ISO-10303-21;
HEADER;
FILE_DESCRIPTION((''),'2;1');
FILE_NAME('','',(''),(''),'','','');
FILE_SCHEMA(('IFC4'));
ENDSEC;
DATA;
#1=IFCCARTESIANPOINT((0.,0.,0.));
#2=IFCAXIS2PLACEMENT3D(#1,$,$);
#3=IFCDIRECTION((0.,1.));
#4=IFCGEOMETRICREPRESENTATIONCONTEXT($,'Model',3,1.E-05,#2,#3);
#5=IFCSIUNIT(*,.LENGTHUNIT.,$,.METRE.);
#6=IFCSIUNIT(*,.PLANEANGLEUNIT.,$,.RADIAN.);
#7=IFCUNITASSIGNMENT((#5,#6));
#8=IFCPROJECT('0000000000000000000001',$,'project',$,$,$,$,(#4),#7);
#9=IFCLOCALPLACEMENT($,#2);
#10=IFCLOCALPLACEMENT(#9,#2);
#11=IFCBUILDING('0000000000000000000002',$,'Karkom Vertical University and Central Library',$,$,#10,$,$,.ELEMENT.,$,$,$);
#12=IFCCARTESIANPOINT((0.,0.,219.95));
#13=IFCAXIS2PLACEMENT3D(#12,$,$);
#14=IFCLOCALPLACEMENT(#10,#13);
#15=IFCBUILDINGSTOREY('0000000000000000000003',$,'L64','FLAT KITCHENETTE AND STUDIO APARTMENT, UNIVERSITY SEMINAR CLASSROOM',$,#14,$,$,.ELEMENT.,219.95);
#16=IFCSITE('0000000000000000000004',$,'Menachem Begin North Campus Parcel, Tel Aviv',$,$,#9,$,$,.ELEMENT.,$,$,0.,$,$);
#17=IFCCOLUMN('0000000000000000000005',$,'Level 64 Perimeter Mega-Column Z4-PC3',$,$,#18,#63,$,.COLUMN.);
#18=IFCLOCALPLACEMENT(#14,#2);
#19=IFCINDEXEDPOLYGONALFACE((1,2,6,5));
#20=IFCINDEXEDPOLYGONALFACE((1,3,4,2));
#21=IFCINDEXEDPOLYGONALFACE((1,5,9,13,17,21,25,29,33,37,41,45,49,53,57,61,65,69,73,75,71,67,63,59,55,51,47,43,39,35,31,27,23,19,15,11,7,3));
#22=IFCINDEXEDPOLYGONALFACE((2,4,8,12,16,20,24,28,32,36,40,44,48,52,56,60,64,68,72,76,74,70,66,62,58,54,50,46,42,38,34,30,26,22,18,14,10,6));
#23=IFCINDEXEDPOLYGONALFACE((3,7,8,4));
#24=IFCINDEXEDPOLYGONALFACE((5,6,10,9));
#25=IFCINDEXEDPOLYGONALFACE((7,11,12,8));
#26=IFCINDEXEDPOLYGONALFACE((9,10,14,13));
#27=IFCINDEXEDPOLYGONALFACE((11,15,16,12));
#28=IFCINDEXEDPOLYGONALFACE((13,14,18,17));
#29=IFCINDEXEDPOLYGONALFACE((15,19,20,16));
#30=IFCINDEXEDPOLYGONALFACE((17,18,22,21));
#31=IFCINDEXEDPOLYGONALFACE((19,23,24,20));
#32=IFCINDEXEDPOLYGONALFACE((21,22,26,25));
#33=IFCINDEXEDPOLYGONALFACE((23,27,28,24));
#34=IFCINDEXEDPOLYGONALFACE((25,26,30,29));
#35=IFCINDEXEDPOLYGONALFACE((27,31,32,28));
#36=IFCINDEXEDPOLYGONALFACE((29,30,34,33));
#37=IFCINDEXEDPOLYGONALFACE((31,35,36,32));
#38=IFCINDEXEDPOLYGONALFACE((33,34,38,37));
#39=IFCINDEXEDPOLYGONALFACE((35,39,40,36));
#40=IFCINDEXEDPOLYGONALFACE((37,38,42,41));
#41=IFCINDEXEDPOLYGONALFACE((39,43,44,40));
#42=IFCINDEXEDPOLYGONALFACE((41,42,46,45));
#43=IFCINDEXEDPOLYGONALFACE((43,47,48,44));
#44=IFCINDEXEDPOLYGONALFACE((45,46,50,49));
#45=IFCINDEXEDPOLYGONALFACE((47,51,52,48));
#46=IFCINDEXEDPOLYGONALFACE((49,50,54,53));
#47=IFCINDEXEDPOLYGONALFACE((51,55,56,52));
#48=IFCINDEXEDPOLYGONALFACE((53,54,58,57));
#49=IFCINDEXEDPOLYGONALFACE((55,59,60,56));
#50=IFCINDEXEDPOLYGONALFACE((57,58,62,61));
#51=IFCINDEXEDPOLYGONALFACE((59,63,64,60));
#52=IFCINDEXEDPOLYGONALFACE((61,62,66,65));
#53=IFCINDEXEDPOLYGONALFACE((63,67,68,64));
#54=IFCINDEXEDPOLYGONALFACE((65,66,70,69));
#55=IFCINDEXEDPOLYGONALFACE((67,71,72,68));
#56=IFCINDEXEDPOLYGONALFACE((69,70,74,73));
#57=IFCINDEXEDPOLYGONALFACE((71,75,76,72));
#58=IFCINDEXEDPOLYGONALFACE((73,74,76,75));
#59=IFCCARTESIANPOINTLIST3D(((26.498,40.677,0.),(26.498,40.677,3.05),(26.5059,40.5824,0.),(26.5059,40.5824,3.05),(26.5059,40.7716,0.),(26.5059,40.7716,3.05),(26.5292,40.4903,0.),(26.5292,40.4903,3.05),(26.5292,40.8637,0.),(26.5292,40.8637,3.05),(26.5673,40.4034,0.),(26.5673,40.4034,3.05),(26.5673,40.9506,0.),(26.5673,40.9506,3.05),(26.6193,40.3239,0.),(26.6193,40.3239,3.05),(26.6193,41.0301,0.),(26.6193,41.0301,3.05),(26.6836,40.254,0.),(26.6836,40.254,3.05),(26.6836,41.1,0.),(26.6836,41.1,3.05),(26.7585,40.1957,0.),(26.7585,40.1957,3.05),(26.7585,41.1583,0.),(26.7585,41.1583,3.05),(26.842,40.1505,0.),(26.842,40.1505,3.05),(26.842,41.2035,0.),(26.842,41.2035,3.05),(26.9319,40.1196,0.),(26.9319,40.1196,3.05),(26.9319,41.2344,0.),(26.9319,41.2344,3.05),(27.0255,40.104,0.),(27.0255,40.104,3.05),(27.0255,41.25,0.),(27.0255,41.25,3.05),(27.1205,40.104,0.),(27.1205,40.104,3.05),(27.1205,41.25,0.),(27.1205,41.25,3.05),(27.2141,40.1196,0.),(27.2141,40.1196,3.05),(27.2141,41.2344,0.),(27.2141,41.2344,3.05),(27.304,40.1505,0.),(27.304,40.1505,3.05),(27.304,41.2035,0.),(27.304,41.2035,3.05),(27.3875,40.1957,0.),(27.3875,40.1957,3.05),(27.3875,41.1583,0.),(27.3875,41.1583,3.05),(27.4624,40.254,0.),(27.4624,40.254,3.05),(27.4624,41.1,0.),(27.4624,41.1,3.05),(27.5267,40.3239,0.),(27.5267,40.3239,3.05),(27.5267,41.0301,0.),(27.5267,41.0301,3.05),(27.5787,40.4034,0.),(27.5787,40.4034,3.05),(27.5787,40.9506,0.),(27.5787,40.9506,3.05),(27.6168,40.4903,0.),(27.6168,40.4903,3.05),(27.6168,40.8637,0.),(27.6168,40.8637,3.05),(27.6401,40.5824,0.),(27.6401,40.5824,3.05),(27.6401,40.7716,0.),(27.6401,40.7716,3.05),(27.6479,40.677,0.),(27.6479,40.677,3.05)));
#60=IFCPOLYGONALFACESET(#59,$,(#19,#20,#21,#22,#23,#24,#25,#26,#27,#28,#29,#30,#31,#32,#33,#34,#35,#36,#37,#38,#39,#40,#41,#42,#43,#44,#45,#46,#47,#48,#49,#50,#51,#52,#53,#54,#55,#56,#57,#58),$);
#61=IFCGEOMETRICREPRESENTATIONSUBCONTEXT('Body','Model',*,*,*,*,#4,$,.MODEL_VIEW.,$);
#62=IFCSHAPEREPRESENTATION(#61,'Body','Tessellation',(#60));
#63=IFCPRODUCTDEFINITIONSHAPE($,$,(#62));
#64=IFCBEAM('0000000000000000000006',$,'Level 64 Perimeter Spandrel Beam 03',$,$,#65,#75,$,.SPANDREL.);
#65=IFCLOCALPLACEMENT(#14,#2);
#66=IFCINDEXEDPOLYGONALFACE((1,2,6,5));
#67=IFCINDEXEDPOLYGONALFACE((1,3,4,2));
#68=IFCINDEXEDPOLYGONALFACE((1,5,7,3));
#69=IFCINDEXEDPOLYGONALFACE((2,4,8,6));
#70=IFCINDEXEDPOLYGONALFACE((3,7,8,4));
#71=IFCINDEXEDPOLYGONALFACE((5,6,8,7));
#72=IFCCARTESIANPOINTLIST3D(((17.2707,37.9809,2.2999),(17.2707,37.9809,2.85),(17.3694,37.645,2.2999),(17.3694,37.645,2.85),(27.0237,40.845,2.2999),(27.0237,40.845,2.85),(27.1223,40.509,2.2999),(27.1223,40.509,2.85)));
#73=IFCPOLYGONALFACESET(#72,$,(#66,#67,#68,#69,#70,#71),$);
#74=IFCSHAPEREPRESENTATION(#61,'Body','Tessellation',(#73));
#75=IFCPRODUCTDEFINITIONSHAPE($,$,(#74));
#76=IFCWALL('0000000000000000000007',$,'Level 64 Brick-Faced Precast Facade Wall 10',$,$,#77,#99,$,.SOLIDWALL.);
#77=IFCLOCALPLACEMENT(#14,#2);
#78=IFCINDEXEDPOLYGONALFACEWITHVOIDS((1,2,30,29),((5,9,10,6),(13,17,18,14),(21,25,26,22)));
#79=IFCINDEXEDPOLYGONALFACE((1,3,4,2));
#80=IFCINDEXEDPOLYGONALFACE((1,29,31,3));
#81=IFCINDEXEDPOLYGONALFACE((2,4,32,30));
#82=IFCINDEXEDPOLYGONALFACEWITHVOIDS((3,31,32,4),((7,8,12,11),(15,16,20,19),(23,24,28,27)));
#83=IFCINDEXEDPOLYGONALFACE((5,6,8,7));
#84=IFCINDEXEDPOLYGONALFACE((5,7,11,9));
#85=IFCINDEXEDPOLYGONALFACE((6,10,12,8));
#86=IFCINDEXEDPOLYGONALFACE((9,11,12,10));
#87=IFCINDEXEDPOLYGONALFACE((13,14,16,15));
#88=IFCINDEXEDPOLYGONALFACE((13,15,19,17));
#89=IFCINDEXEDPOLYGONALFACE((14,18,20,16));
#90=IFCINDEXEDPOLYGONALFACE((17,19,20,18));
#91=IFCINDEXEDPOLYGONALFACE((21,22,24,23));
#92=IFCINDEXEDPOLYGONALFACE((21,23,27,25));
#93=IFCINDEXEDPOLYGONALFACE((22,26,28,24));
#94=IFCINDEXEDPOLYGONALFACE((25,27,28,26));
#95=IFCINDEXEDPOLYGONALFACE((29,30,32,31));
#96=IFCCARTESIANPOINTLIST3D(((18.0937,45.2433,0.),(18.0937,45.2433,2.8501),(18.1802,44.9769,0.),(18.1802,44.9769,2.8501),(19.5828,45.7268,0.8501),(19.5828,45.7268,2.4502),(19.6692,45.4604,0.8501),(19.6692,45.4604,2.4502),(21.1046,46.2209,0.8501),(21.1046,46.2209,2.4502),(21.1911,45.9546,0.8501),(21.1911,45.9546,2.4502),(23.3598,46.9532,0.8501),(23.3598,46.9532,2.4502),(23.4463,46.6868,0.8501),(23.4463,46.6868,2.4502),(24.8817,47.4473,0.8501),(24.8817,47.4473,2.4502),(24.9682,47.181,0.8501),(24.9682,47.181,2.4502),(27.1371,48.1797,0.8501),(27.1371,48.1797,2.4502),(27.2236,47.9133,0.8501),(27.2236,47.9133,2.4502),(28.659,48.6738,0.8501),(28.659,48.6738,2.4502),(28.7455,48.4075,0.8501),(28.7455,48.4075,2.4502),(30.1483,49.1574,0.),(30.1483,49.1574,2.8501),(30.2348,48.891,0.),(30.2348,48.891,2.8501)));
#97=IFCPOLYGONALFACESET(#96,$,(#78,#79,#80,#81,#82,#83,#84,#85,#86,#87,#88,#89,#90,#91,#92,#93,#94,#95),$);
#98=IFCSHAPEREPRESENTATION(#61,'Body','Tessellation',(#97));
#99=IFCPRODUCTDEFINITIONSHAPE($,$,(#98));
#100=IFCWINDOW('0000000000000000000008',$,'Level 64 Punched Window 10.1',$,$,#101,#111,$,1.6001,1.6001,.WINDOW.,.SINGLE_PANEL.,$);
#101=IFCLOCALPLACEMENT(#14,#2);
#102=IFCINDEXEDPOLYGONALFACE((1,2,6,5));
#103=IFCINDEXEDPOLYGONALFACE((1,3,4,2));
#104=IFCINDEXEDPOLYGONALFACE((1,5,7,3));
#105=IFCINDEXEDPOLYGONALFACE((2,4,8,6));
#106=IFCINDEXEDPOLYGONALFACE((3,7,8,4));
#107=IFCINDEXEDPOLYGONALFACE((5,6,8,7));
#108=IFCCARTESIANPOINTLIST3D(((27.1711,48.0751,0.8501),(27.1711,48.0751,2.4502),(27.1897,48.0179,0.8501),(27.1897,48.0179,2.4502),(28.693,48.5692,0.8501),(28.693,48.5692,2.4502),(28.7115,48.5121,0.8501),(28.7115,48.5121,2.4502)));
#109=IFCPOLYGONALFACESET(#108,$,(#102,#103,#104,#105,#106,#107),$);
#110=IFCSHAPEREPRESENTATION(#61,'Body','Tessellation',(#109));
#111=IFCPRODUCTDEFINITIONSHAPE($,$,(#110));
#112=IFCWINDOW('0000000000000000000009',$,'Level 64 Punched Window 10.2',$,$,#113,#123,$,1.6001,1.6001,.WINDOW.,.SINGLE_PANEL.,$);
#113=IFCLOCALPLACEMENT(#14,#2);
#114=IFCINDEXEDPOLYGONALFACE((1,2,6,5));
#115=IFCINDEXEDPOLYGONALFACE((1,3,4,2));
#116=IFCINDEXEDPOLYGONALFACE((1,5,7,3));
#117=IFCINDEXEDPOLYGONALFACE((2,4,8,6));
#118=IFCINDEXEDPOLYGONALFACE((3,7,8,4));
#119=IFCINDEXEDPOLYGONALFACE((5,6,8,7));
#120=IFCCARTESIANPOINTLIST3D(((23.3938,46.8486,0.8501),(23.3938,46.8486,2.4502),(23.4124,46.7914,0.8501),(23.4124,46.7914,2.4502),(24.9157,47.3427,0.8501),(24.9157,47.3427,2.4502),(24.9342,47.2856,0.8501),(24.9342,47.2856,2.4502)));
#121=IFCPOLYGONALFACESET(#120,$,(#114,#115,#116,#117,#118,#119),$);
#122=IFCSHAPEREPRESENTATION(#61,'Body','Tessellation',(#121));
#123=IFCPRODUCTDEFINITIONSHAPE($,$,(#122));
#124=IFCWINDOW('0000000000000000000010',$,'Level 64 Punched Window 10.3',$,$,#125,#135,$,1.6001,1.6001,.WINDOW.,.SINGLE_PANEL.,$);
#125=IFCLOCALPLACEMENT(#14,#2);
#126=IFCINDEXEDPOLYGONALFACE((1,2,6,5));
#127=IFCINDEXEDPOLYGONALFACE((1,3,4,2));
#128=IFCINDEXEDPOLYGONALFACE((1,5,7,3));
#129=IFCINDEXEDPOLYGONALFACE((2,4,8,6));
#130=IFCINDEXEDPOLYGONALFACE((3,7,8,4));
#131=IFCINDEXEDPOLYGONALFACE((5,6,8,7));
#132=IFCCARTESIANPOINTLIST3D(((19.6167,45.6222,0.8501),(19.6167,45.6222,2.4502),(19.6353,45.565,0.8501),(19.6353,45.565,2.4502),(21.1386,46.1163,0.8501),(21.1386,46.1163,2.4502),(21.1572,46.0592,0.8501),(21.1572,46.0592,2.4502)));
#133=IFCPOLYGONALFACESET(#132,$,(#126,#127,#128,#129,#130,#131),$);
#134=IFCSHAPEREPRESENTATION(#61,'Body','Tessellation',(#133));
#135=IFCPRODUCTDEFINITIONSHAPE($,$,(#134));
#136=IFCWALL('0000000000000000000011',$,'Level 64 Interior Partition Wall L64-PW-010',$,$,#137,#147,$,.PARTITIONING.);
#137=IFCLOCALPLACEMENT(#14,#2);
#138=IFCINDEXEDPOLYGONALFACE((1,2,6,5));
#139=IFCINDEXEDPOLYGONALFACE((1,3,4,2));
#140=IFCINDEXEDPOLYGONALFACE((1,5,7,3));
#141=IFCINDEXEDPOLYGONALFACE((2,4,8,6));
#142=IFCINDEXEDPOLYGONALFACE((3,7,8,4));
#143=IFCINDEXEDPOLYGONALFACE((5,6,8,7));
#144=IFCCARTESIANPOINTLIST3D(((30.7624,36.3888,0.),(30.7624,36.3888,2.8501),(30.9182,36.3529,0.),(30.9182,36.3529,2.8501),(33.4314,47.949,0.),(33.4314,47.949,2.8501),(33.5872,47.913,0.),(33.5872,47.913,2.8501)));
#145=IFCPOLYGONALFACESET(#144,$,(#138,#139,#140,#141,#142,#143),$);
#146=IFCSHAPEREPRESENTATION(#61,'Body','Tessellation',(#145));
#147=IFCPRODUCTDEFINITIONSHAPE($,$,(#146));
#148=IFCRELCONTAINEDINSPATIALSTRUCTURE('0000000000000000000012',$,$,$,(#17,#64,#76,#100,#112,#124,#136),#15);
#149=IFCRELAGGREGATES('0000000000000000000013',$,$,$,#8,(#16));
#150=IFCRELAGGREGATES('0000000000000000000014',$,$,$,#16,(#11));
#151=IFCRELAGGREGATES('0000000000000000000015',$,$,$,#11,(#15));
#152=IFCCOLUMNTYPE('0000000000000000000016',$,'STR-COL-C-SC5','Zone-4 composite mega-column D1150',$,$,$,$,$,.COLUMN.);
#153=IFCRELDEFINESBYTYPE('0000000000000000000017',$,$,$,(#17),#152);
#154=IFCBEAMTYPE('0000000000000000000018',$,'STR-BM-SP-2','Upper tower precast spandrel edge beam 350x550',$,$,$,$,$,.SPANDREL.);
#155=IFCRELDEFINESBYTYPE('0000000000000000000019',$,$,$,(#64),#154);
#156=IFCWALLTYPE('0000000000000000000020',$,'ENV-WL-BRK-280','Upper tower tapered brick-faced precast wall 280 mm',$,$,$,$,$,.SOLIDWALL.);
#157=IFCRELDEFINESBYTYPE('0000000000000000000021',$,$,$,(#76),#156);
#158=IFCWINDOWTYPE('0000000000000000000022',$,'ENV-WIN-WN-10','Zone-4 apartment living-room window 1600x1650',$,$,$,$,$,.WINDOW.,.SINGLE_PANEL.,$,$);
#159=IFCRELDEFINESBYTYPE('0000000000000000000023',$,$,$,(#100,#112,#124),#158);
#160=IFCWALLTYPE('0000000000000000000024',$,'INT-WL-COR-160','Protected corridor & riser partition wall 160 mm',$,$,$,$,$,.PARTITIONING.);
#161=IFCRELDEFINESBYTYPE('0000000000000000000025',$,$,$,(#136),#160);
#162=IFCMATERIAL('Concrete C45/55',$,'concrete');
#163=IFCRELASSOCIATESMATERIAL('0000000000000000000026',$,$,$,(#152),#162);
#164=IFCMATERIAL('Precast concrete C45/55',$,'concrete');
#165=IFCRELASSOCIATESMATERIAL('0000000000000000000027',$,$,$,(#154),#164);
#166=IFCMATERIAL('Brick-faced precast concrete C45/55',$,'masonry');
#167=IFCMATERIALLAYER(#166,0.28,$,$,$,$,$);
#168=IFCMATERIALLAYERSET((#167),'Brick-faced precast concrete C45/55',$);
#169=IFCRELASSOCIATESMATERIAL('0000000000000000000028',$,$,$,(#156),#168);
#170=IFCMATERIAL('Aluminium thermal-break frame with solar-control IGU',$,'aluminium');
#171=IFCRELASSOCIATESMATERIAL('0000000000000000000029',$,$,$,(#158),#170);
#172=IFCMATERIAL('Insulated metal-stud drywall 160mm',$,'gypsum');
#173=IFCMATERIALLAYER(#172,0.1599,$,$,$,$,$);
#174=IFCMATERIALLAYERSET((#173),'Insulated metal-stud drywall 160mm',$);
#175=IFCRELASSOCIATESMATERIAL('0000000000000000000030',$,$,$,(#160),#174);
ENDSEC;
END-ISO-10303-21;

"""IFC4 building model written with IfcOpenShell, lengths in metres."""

from ifc_helpers import new_model, si_unit, direction, frame, frame_2d, origin, origin_with_axes, origin_2d, place, context, subcontext, project, spatial, rectangle, circle, extrude, source, transform, mapped, material, layer, layer_set, material_profile, profile_set, type_object, element, fill, save


model = new_model("IFC4")

# Units and contexts
model_context = context("Model", 3, precision=1e-05, world=origin(), true_north=direction((0.0, 1.0)))
body_context = subcontext(model_context, "Body", "Model", "MODEL_VIEW")
ifc_project = project(units=[si_unit("LENGTHUNIT", "METRE"), si_unit("PLANEANGLEUNIT", "RADIAN")], contexts=[model_context])

# Site, building, storey
site_placement = place(None, origin())
site = spatial("IfcSite", under=ifc_project, at=site_placement, Name="Menachem Begin North Campus Parcel, Tel Aviv", CompositionType="ELEMENT", RefElevation=0.0)
building_placement = place(site_placement, origin())
building = spatial("IfcBuilding", under=site, at=building_placement, Name="Karkom Vertical University and Central Library", CompositionType="ELEMENT")
storey_placement = place(building_placement, frame((0.0, 0.0, 219.95)))
storey = spatial("IfcBuildingStorey", under=building, at=storey_placement, Name="L64", Description="FLAT KITCHENETTE AND STUDIO APARTMENT, UNIVERSITY SEMINAR CLASSROOM", CompositionType="ELEMENT", Elevation=219.95)

# Column
ifc_material_1 = material(Name="Concrete C45/55", Category="concrete")
ifc_material_profile_1 = material_profile(ifc_material_1, circle(Radius=0.575, at=origin_2d()), Name="CFT-D1150")
ifc_profile_set_1 = profile_set([ifc_material_profile_1], Name="Concrete C45/55")
column_type = type_object("IfcColumnType", Name="STR-COL-C-SC5", Description="Zone-4 composite mega-column D1150", PredefinedType="COLUMN", material=ifc_profile_set_1)
shared_shape_1 = source(origin_with_axes(), body_context, "Body", "SweptSolid", [
    extrude(circle(Radius=0.575, at=origin_2d()), origin(), (0.0, 0.0, 1.0), 3.05),
])
column_placement = place(storey_placement, frame((27.073, 40.677, 0.0), z_axis=(0.0, 0.0, 1.0), x_axis=(1.0, 0.0, 0.0)))
element("IfcColumn", 1, at=column_placement, inside=storey, type_object=column_type, Name="Level 64 Perimeter Mega-Column Z4-PC3", PredefinedType="COLUMN", context=body_context, shape_type="MappedRepresentation", body=[
    mapped(shared_shape_1, transform((0.0, 0.0, 0.0), scale=1.0)),
])

# Beam
ifc_material_2 = material(Name="Precast concrete C45/55", Category="concrete")
ifc_material_profile_2 = material_profile(ifc_material_2, rectangle(XDim=0.3501, YDim=0.55, at=origin_2d()), Name="SPB-350x550")
ifc_profile_set_2 = profile_set([ifc_material_profile_2], Name="Precast concrete C45/55")
beam_type = type_object("IfcBeamType", Name="STR-BM-SP-2", Description="Upper tower precast spandrel edge beam 350x550", PredefinedType="SPANDREL", material=ifc_profile_set_2)
shared_shape_2 = source(origin_with_axes(), body_context, "Body", "SweptSolid", [
    extrude(rectangle(XDim=0.3501, YDim=0.55, at=origin_2d()), origin(), (0.0, 0.0, 1.0), 10.1648),
])
beam_placement = place(storey_placement, frame((27.073, 40.677, 2.575), z_axis=(-0.959485, -0.281759, 0.0), x_axis=(0.281759, -0.959485, 0.0)))
element("IfcBeam", 2, at=beam_placement, inside=storey, type_object=beam_type, Name="Level 64 Perimeter Spandrel Beam 03", PredefinedType="SPANDREL", context=body_context, shape_type="MappedRepresentation", body=[
    mapped(shared_shape_2, transform((0.0, 0.0, 0.0), scale=1.0)),
])

# Wall, openings, windows
ifc_material_3 = material(Name="Brick-faced precast concrete C45/55", Category="masonry")
ifc_layer_1 = layer(ifc_material_3, 0.28)
ifc_layer_set_1 = layer_set([ifc_layer_1], Name="Brick-faced precast concrete C45/55")
wall_type_1 = type_object("IfcWallType", Name="ENV-WL-BRK-280", Description="Upper tower tapered brick-faced precast wall 280 mm", PredefinedType="SOLIDWALL", material=ifc_layer_set_1)
wall_1_placement = place(storey_placement, frame((30.1914, 49.0242, 0.0), z_axis=(0.0, 0.0, 1.0), x_axis=(-0.951118, -0.308827, 0.0)))
wall_1 = element("IfcWall", 3, at=wall_1_placement, inside=storey, type_object=wall_type_1, Name="Level 64 Brick-Faced Precast Facade Wall 10", PredefinedType="SOLIDWALL", context=body_context, shape_type="SweptSolid", body=[
    extrude(rectangle(XDim=12.6741, YDim=0.28, at=frame_2d((6.3369, 0.0))), origin(), (0.0, 0.0, 1.0), 2.8501),
])
opening_1_placement = place(wall_1_placement, frame((1.5657, 0.0, 0.8501)))
opening_1 = element("IfcOpeningElement", 4, at=opening_1_placement, cuts=wall_1, PredefinedType="OPENING", context=body_context, shape_type="SweptSolid", body=[
    extrude(rectangle(XDim=1.6001, YDim=1.6001, at=frame_2d((0.8, 0.8))), frame((0.0, 0.1499, 0.0), z_axis=(0.0, -1.0, 0.0), x_axis=(1.0, 0.0, 0.0)), (0.0, 0.0, 1.0), 0.3),
])
opening_2_placement = place(wall_1_placement, frame((5.5371, 0.0, 0.8501)))
opening_2 = element("IfcOpeningElement", 5, at=opening_2_placement, cuts=wall_1, PredefinedType="OPENING", context=body_context, shape_type="SweptSolid", body=[
    extrude(rectangle(XDim=1.6001, YDim=1.6001, at=frame_2d((0.8, 0.8))), frame((0.0, 0.1499, 0.0), z_axis=(0.0, -1.0, 0.0), x_axis=(1.0, 0.0, 0.0)), (0.0, 0.0, 1.0), 0.3),
])
opening_3_placement = place(wall_1_placement, frame((9.5083, 0.0, 0.8501)))
opening_3 = element("IfcOpeningElement", 6, at=opening_3_placement, cuts=wall_1, PredefinedType="OPENING", context=body_context, shape_type="SweptSolid", body=[
    extrude(rectangle(XDim=1.6001, YDim=1.6001, at=frame_2d((0.8, 0.8))), frame((0.0, 0.1499, 0.0), z_axis=(0.0, -1.0, 0.0), x_axis=(1.0, 0.0, 0.0)), (0.0, 0.0, 1.0), 0.3),
])
ifc_material_4 = material(Name="Aluminium thermal-break frame with solar-control IGU", Category="aluminium")
window_type = type_object("IfcWindowType", Name="ENV-WIN-WN-10", Description="Zone-4 apartment living-room window 1600x1650", PartitioningType="SINGLE_PANEL", PredefinedType="WINDOW", material=ifc_material_4)
shared_shape_3 = source(origin_with_axes(), body_context, "Body", "SweptSolid", [
    extrude(rectangle(XDim=1.6001, YDim=1.6001, at=frame_2d((0.8, 0.8))), frame((0.0, 0.03, 0.0), z_axis=(0.0, -1.0, 0.0), x_axis=(1.0, 0.0, 0.0)), (0.0, 0.0, 1.0), 0.0601),
])
window_1_placement = place(opening_1_placement, origin())
window_1 = element("IfcWindow", 7, at=window_1_placement, inside=storey, type_object=window_type, Name="Level 64 Punched Window 10.1", OverallHeight=1.6001, OverallWidth=1.6001, PartitioningType="SINGLE_PANEL", PredefinedType="WINDOW", context=body_context, shape_type="MappedRepresentation", body=[
    mapped(shared_shape_3, transform((0.0, 0.0, 0.0), scale=1.0)),
])
fill(opening_1, window_1)
window_2_placement = place(opening_2_placement, origin())
window_2 = element("IfcWindow", 8, at=window_2_placement, inside=storey, type_object=window_type, Name="Level 64 Punched Window 10.2", OverallHeight=1.6001, OverallWidth=1.6001, PartitioningType="SINGLE_PANEL", PredefinedType="WINDOW", context=body_context, shape_type="MappedRepresentation", body=[
    mapped(shared_shape_3, transform((0.0, 0.0, 0.0), scale=1.0)),
])
fill(opening_2, window_2)
window_3_placement = place(opening_3_placement, origin())
window_3 = element("IfcWindow", 9, at=window_3_placement, inside=storey, type_object=window_type, Name="Level 64 Punched Window 10.3", OverallHeight=1.6001, OverallWidth=1.6001, PartitioningType="SINGLE_PANEL", PredefinedType="WINDOW", context=body_context, shape_type="MappedRepresentation", body=[
    mapped(shared_shape_3, transform((0.0, 0.0, 0.0), scale=1.0)),
])
fill(opening_3, window_3)

# Wall
ifc_material_5 = material(Name="Insulated metal-stud drywall 160mm", Category="gypsum")
ifc_layer_2 = layer(ifc_material_5, 0.1599)
ifc_layer_set_2 = layer_set([ifc_layer_2], Name="Insulated metal-stud drywall 160mm")
wall_type_2 = type_object("IfcWallType", Name="INT-WL-COR-160", Description="Protected corridor & riser partition wall 160 mm", PredefinedType="PARTITIONING", material=ifc_layer_set_2)
wall_2_placement = place(storey_placement, frame((30.8403, 36.3708, 0.0), z_axis=(0.0, 0.0, 1.0), x_axis=(0.224959, 0.974368, 0.0)))
element("IfcWall", 10, at=wall_2_placement, inside=storey, type_object=wall_type_2, Name="Level 64 Interior Partition Wall L64-PW-010", PredefinedType="PARTITIONING", context=body_context, shape_type="SweptSolid", body=[
    extrude(rectangle(XDim=11.8643, YDim=0.1599, at=frame_2d((5.9321, 0.0))), origin(), (0.0, 0.0, 1.0), 2.8501),
])

save(model, "model.ifc")
